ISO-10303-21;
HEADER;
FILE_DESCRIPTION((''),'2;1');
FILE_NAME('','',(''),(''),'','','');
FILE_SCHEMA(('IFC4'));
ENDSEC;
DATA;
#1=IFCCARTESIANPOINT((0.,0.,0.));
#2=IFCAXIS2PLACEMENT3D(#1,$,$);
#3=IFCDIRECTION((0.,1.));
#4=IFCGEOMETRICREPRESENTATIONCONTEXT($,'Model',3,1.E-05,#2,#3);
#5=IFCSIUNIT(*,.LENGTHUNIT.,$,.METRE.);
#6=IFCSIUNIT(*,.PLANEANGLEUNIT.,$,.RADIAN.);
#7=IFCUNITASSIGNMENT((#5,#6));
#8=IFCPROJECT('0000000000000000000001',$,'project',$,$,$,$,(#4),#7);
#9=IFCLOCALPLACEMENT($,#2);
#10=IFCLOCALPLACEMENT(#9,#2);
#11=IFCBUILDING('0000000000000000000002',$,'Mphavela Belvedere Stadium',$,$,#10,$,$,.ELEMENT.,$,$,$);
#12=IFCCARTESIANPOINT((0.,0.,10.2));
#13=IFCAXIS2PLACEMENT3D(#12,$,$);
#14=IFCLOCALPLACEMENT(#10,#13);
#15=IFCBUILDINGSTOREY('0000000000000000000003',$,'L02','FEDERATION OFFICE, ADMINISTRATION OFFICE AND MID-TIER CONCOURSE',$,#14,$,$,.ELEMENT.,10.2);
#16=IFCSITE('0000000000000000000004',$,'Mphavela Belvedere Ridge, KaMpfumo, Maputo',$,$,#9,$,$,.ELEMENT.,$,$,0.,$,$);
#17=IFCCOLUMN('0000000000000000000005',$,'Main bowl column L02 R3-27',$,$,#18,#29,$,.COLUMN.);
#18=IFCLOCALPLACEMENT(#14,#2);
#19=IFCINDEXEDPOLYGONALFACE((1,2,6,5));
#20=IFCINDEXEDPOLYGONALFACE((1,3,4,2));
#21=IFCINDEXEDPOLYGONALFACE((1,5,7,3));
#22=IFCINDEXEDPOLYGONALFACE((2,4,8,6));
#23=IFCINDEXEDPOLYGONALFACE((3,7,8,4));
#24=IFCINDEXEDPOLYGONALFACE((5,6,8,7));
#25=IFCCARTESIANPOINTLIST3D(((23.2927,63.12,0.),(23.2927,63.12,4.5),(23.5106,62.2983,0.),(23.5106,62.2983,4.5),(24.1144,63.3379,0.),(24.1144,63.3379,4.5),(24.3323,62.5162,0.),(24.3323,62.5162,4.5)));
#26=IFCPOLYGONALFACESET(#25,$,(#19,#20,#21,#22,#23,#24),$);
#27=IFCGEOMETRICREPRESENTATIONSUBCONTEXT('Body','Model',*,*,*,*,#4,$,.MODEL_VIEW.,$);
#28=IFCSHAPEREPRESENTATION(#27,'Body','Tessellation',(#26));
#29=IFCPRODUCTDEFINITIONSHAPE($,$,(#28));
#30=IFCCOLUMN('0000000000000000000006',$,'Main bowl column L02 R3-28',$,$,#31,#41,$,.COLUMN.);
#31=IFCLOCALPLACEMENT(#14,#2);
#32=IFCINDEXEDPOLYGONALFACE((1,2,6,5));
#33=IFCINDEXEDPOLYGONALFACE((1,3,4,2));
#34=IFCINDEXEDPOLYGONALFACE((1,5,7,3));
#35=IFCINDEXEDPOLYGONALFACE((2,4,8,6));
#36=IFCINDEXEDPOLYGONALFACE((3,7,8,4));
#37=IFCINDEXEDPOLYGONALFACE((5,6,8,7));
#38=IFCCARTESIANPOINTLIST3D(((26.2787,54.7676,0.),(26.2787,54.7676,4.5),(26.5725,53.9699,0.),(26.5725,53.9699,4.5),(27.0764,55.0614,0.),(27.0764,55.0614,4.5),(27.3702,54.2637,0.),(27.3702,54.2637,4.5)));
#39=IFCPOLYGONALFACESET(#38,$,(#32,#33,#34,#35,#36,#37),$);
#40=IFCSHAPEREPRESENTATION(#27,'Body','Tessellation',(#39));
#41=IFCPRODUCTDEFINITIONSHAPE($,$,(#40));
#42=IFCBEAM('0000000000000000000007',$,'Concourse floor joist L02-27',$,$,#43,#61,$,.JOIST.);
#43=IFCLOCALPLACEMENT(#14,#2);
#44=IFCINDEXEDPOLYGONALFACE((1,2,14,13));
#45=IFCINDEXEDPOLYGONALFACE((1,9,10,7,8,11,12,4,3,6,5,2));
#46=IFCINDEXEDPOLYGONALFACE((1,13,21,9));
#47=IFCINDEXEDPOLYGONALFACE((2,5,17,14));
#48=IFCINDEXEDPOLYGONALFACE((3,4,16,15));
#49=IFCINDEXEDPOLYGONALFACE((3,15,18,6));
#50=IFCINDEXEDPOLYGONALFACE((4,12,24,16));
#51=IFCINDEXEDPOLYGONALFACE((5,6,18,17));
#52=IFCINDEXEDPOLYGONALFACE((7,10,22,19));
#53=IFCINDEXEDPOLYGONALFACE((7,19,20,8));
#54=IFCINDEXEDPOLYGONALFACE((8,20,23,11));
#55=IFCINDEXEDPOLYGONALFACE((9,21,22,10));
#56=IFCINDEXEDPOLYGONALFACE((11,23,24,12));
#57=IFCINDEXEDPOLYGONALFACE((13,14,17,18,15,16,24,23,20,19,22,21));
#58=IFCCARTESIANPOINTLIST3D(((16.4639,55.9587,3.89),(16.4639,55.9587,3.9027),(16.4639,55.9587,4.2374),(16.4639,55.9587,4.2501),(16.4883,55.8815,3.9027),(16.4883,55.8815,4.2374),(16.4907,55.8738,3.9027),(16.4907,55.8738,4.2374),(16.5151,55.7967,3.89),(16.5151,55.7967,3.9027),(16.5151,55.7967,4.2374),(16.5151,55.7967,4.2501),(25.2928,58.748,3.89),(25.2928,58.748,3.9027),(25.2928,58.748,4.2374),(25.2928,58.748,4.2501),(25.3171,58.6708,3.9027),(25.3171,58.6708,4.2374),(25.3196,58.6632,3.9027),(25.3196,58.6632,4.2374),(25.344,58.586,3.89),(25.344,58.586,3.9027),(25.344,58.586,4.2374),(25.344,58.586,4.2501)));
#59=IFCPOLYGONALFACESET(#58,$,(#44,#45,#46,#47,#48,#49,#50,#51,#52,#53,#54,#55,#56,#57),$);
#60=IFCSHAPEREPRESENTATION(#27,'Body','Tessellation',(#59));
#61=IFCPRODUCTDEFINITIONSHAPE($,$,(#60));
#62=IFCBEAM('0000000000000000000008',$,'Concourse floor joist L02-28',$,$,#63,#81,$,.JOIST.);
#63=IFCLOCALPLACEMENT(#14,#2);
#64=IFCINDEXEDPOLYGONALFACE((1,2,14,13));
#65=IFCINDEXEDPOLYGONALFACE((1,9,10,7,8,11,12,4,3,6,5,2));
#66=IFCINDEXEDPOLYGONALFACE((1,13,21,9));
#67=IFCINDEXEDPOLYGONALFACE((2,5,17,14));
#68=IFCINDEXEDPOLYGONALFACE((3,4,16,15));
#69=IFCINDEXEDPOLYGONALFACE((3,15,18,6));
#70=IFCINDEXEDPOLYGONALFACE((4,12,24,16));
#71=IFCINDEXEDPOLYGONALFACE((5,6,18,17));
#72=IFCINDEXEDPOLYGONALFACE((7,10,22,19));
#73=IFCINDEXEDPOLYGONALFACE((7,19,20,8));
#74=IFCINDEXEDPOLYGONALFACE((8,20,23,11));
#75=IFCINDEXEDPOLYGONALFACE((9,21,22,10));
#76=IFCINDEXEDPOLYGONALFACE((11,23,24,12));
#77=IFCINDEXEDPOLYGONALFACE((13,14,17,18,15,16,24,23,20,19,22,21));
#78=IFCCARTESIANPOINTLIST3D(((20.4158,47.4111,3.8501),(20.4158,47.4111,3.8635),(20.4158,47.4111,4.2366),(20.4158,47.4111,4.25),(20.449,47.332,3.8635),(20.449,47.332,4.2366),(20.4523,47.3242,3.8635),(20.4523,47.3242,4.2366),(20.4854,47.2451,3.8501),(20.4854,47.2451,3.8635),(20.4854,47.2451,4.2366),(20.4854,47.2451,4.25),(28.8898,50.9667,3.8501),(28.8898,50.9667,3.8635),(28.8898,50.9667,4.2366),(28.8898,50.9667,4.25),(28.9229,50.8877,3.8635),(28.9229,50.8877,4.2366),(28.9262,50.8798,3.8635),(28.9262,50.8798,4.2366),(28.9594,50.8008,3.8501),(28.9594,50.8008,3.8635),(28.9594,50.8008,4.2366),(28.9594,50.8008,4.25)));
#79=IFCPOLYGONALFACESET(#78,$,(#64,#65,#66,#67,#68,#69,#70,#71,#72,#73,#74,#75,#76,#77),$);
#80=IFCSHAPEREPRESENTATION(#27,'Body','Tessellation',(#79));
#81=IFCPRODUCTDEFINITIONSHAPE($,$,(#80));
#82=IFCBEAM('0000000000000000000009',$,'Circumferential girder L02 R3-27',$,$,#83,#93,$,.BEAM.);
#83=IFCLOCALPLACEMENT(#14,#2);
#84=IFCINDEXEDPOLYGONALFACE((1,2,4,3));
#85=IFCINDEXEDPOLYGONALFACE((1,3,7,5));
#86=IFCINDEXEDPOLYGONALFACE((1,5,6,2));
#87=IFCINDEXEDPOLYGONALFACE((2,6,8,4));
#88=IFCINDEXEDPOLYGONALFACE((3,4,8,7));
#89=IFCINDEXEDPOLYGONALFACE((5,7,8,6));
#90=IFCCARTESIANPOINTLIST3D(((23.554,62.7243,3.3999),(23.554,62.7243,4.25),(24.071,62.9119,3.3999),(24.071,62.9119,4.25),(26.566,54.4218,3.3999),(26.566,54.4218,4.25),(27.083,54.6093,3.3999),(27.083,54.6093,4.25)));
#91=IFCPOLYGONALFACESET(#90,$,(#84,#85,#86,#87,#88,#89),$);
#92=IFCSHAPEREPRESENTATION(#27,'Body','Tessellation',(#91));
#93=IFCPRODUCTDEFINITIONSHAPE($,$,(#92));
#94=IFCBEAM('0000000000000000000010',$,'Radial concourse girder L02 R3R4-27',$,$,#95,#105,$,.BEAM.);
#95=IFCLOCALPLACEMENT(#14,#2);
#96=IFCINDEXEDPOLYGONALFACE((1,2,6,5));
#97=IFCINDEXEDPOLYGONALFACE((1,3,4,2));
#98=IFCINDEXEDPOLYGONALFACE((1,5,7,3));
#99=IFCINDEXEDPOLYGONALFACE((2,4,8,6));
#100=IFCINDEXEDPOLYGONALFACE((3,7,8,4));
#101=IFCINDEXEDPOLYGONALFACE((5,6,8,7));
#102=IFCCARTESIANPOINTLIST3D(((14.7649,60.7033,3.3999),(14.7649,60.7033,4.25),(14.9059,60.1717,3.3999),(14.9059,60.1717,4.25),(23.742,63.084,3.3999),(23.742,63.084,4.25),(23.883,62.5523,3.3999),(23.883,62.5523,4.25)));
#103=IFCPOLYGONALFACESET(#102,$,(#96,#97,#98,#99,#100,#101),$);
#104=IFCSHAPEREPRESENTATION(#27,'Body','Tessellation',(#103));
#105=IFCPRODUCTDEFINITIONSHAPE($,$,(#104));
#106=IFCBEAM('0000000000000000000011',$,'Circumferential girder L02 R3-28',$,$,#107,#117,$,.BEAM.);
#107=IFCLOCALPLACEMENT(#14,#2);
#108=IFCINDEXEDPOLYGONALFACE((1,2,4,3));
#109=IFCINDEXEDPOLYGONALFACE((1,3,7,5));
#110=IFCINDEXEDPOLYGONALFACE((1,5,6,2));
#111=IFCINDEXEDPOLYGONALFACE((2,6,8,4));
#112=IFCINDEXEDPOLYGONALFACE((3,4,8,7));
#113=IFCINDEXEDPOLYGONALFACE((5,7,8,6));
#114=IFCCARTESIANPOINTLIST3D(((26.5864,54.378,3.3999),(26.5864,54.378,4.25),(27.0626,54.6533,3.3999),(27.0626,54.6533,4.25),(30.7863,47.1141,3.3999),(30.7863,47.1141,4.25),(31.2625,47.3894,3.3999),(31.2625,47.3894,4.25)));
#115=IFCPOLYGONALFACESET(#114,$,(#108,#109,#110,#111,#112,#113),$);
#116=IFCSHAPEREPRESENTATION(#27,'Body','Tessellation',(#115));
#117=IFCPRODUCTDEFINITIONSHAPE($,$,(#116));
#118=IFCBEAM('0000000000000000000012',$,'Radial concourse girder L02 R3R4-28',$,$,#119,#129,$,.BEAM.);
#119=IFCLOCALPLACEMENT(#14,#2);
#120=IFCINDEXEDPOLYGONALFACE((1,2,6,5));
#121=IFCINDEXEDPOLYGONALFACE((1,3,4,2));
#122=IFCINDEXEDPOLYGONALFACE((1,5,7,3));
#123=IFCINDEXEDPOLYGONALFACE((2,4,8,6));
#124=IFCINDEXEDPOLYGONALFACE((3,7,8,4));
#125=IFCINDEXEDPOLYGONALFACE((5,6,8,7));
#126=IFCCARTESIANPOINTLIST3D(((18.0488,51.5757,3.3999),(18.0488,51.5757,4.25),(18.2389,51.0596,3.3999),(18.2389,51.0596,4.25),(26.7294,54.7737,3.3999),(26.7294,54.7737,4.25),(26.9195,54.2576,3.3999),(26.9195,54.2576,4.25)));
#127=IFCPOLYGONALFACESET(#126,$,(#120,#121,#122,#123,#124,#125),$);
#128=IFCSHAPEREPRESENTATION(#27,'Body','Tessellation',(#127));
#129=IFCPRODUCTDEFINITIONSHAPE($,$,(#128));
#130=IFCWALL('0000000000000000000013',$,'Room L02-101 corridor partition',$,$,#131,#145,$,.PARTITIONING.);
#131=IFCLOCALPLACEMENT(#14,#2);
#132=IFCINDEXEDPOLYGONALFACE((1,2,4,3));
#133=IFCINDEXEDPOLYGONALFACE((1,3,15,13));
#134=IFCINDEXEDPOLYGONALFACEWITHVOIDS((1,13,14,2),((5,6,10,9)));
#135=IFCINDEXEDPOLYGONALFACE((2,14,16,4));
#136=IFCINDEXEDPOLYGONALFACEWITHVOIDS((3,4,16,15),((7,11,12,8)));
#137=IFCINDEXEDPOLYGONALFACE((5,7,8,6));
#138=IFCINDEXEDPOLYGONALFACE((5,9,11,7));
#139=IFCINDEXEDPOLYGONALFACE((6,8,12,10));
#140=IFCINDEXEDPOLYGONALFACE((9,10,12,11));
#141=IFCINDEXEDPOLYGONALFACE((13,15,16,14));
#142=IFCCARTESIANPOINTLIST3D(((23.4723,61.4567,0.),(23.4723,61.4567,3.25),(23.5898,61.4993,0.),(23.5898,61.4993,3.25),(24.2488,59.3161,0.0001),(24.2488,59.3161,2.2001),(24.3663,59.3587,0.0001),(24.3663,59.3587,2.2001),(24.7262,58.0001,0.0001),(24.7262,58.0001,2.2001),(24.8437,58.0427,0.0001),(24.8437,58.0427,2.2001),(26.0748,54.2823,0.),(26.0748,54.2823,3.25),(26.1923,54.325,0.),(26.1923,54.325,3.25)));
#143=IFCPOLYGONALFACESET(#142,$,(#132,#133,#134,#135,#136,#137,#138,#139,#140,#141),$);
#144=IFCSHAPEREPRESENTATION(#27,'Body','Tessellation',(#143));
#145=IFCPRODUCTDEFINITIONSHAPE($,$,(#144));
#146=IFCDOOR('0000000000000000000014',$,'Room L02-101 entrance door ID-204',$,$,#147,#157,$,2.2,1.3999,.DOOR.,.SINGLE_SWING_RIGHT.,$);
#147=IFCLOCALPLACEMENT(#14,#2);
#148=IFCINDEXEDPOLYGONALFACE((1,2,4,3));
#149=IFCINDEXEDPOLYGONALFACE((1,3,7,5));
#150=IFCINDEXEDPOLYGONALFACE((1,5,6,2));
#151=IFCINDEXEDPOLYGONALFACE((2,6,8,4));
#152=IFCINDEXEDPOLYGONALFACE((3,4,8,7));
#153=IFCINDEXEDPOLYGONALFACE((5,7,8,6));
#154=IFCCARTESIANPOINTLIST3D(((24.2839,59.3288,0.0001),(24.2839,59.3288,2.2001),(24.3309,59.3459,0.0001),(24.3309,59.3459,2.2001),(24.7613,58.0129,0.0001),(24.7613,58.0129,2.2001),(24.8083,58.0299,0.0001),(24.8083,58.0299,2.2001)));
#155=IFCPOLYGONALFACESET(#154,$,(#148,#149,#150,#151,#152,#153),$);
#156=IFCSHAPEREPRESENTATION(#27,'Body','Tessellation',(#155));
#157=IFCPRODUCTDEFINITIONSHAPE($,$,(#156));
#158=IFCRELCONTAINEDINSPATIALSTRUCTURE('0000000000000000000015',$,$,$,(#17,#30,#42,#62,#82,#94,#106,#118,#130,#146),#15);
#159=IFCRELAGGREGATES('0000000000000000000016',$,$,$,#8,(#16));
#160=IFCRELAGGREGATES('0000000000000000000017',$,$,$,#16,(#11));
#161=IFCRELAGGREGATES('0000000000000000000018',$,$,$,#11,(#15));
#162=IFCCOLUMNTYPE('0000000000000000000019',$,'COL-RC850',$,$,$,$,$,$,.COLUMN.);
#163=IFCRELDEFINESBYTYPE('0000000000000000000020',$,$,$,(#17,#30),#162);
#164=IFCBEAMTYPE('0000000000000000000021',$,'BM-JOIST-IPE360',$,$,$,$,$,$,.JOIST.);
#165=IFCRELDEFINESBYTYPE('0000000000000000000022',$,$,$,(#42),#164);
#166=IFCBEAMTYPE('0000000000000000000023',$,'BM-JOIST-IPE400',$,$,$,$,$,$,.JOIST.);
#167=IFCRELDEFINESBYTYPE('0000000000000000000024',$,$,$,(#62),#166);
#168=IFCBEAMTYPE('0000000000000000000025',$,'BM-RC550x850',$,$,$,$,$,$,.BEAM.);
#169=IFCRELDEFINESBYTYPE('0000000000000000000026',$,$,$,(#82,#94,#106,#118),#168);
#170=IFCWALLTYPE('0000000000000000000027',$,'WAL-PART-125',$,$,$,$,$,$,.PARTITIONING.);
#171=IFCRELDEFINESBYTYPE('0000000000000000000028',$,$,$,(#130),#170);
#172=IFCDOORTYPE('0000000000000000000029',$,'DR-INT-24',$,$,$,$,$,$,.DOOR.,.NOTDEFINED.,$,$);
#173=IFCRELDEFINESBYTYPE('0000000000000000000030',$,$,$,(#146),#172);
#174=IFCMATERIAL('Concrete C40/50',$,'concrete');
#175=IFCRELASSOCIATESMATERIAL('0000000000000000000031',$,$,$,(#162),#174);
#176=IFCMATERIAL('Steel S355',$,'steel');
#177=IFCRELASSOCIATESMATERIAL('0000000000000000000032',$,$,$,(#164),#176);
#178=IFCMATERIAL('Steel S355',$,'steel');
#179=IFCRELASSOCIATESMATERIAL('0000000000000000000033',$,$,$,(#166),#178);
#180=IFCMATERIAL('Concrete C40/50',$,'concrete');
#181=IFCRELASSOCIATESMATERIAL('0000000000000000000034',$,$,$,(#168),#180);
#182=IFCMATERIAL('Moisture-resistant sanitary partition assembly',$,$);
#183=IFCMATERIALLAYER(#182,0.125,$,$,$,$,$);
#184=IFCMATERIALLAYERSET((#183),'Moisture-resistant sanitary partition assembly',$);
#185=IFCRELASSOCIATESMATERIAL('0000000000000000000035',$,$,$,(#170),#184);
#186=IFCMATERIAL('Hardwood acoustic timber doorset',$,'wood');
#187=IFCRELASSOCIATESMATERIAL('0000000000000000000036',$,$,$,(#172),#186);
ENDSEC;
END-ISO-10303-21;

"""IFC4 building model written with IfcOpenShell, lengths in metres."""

from ifc_helpers import new_model, si_unit, direction, frame, frame_2d, origin, origin_2d, place, context, subcontext, project, spatial, rectangle, i_section, extrude, material, layer, layer_set, material_profile, profile_set, type_object, element, fill, save


model = new_model("IFC4")

# Units and contexts
model_context = context("Model", 3, precision=1e-05, world=origin(), true_north=direction((0.0, 1.0)))
body_context = subcontext(model_context, "Body", "Model", "MODEL_VIEW")
ifc_project = project(units=[si_unit("LENGTHUNIT", "METRE"), si_unit("PLANEANGLEUNIT", "RADIAN")], contexts=[model_context])

# Site, building, storey
site_placement = place(None, origin())
site = spatial("IfcSite", under=ifc_project, at=site_placement, Name="Mphavela Belvedere Ridge, KaMpfumo, Maputo", CompositionType="ELEMENT", RefElevation=0.0)
building_placement = place(site_placement, origin())
building = spatial("IfcBuilding", under=site, at=building_placement, Name="Mphavela Belvedere Stadium", CompositionType="ELEMENT")
storey_placement = place(building_placement, frame((0.0, 0.0, 10.2)))
storey = spatial("IfcBuildingStorey", under=building, at=storey_placement, Name="L02", Description="FEDERATION OFFICE, ADMINISTRATION OFFICE AND MID-TIER CONCOURSE", CompositionType="ELEMENT", Elevation=10.2)

# Columns
ifc_material_1 = material(Name="Concrete C40/50", Category="concrete")
ifc_material_profile_1 = material_profile(ifc_material_1, rectangle(XDim=0.8501, YDim=0.8501, at=origin_2d()), Name="RC 850x850")
ifc_profile_set_1 = profile_set([ifc_material_profile_1], Name="Concrete C40/50")
column_type = type_object("IfcColumnType", Name="COL-RC850", PredefinedType="COLUMN", material=ifc_profile_set_1)
for number, where, z_axis, x_axis, name in (
    (1, (23.8125, 62.8181, 0.0), (0.0, 0.0, 1.0), (-0.9666, -0.256289, 0.0), "Main bowl column L02 R3-27"),
    (2, (26.8245, 54.5156, 0.0), (0.0, 0.0, 1.0), (-0.938372, -0.345626, 0.0), "Main bowl column L02 R3-28"),
):
    element("IfcColumn", number, at=place(storey_placement, frame(where, z_axis=z_axis, x_axis=x_axis)), inside=storey, type_object=column_type, Name=name, PredefinedType="COLUMN", context=body_context, shape_type="SweptSolid", body=[
        extrude(rectangle(XDim=0.8501, YDim=0.8501, at=origin_2d()), origin(), (0.0, 0.0, 1.0), 4.5),
    ])

# Beams
ifc_material_2 = material(Name="Steel S355", Category="steel")
ifc_material_profile_2 = material_profile(ifc_material_2, i_section(OverallWidth=0.1699, OverallDepth=0.3601, WebThickness=0.0081, FlangeThickness=0.0127, at=origin_2d()), Name="IPE 360")
ifc_profile_set_2 = profile_set([ifc_material_profile_2], Name="Steel S355")
beam_type_1 = type_object("IfcBeamType", Name="BM-JOIST-IPE360", PredefinedType="JOIST", material=ifc_profile_set_2)
beam_1_placement = place(storey_placement, frame((25.3184, 58.667, 4.0701), z_axis=(-0.953544, -0.301254, 0.0), x_axis=(0.301254, -0.953544, 0.0)))
element("IfcBeam", 3, at=beam_1_placement, inside=storey, type_object=beam_type_1, Name="Concourse floor joist L02-27", PredefinedType="JOIST", context=body_context, shape_type="SweptSolid", body=[
    extrude(i_section(OverallWidth=0.1699, OverallDepth=0.3601, WebThickness=0.0081, FlangeThickness=0.0127, at=origin_2d()), origin(), (0.0, 0.0, 1.0), 9.259),
])
ifc_material_3 = material(Name="Steel S355", Category="steel")
ifc_material_profile_3 = material_profile(ifc_material_3, i_section(OverallWidth=0.1799, OverallDepth=0.3999, WebThickness=0.0085, FlangeThickness=0.0134, at=origin_2d()), Name="IPE 400")
ifc_profile_set_3 = profile_set([ifc_material_profile_3], Name="Steel S355")
beam_type_2 = type_object("IfcBeamType", Name="BM-JOIST-IPE400", PredefinedType="JOIST", material=ifc_profile_set_3)
beam_2_placement = place(storey_placement, frame((28.9246, 50.8838, 4.05), z_axis=(-0.922113, -0.386921, 0.0), x_axis=(0.386921, -0.922113, 0.0)))
element("IfcBeam", 4, at=beam_2_placement, inside=storey, type_object=beam_type_2, Name="Concourse floor joist L02-28", PredefinedType="JOIST", context=body_context, shape_type="SweptSolid", body=[
    extrude(i_section(OverallWidth=0.1799, OverallDepth=0.3999, WebThickness=0.0085, FlangeThickness=0.0134, at=origin_2d()), origin(), (0.0, 0.0, 1.0), 9.1897),
])
ifc_material_4 = material(Name="Concrete C40/50", Category="concrete")
ifc_material_profile_4 = material_profile(ifc_material_4, rectangle(XDim=0.55, YDim=0.8501, at=origin_2d()), Name="RC 550x850")
ifc_profile_set_4 = profile_set([ifc_material_profile_4], Name="Concrete C40/50")
beam_type_3 = type_object("IfcBeamType", Name="BM-RC550x850", PredefinedType="BEAM", material=ifc_profile_set_4)
beam_3_placement = place(storey_placement, frame((23.8125, 62.8181, 3.825), z_axis=(0.341031, -0.940052, 0.0), x_axis=(0.940052, 0.341031, 0.0)))
element("IfcBeam", 5, at=beam_3_placement, inside=storey, type_object=beam_type_3, Name="Circumferential girder L02 R3-27", PredefinedType="BEAM", context=body_context, shape_type="SweptSolid", body=[
    extrude(rectangle(XDim=0.55, YDim=0.8501, at=origin_2d()), origin(), (0.0, 0.0, 1.0), 8.832),
])
beam_4_placement = place(storey_placement, frame((23.8125, 62.8181, 3.825), z_axis=(-0.96659, -0.256329, 0.0), x_axis=(0.256329, -0.96659, 0.0)))
element("IfcBeam", 6, at=beam_4_placement, inside=storey, type_object=beam_type_3, Name="Radial concourse girder L02 R3R4-27", PredefinedType="BEAM", context=body_context, shape_type="SweptSolid", body=[
    extrude(rectangle(XDim=0.55, YDim=0.8501, at=origin_2d()), origin(), (0.0, 0.0, 1.0), 9.2874),
])
beam_5_placement = place(storey_placement, frame((26.8245, 54.5156, 3.825), z_axis=(0.500548, -0.865709, 0.0), x_axis=(0.865709, 0.500548, 0.0)))
element("IfcBeam", 7, at=beam_5_placement, inside=storey, type_object=beam_type_3, Name="Circumferential girder L02 R3-28", PredefinedType="BEAM", context=body_context, shape_type="SweptSolid", body=[
    extrude(rectangle(XDim=0.55, YDim=0.8501, at=origin_2d()), origin(), (0.0, 0.0, 1.0), 8.3906),
])
beam_6_placement = place(storey_placement, frame((26.8245, 54.5156, 3.825), z_axis=(-0.938348, -0.345692, 0.0), x_axis=(0.345692, -0.938348, 0.0)))
element("IfcBeam", 8, at=beam_6_placement, inside=storey, type_object=beam_type_3, Name="Radial concourse girder L02 R3R4-28", PredefinedType="BEAM", context=body_context, shape_type="SweptSolid", body=[
    extrude(rectangle(XDim=0.55, YDim=0.8501, at=origin_2d()), origin(), (0.0, 0.0, 1.0), 9.251),
])

# Wall, opening, door
ifc_material_5 = material(Name="Moisture-resistant sanitary partition assembly")
ifc_layer_1 = layer(ifc_material_5, 0.125)
ifc_layer_set_1 = layer_set([ifc_layer_1], Name="Moisture-resistant sanitary partition assembly")
wall_type_1 = type_object("IfcWallType", Name="WAL-PART-125", PredefinedType="PARTITIONING", material=ifc_layer_set_1)
wall_1_placement = place(storey_placement, frame((23.531, 61.478, 0.0), z_axis=(0.0, 0.0, 1.0), x_axis=(0.341013, -0.940058, 0.0)))
wall_1 = element("IfcWall", 9, at=wall_1_placement, inside=storey, type_object=wall_type_1, Name="Room L02-101 corridor partition", PredefinedType="PARTITIONING", context=body_context, shape_type="SweptSolid", body=[
    extrude(rectangle(XDim=7.6318, YDim=0.125, at=frame_2d((3.8159, 0.0))), origin(), (0.0, 0.0, 1.0), 3.25),
])
opening_1_placement = place(wall_1_placement, frame((2.2771, 0.0, 0.0)))
opening_1 = element("IfcOpeningElement", 10, at=opening_1_placement, cuts=wall_1, PredefinedType="OPENING", context=body_context, shape_type="SweptSolid", body=[
    extrude(rectangle(XDim=1.3999, YDim=2.2, at=frame_2d((0.7, 1.1001))), frame((0.0, 0.0725, 0.0), z_axis=(0.0, -1.0, 0.0), x_axis=(1.0, 0.0, 0.0)), (0.0, 0.0, 1.0), 0.145),
])
ifc_material_6 = material(Name="Hardwood acoustic timber doorset", Category="wood")
door_type_1 = type_object("IfcDoorType", Name="DR-INT-24", OperationType="NOTDEFINED", PredefinedType="DOOR", material=ifc_material_6)
door_1_placement = place(opening_1_placement, origin())
door_1 = element("IfcDoor", 11, at=door_1_placement, inside=storey, type_object=door_type_1, Name="Room L02-101 entrance door ID-204", OperationType="SINGLE_SWING_RIGHT", OverallHeight=2.2, OverallWidth=1.3999, PredefinedType="DOOR", context=body_context, shape_type="SweptSolid", body=[
    extrude(rectangle(XDim=1.3999, YDim=2.2, at=frame_2d((0.7, 1.1001))), frame((0.0, 0.0249, 0.0), z_axis=(0.0, -1.0, 0.0), x_axis=(1.0, 0.0, 0.0)), (0.0, 0.0, 1.0), 0.05),
])
fill(opening_1, door_1)

save(model, "model.ifc")
